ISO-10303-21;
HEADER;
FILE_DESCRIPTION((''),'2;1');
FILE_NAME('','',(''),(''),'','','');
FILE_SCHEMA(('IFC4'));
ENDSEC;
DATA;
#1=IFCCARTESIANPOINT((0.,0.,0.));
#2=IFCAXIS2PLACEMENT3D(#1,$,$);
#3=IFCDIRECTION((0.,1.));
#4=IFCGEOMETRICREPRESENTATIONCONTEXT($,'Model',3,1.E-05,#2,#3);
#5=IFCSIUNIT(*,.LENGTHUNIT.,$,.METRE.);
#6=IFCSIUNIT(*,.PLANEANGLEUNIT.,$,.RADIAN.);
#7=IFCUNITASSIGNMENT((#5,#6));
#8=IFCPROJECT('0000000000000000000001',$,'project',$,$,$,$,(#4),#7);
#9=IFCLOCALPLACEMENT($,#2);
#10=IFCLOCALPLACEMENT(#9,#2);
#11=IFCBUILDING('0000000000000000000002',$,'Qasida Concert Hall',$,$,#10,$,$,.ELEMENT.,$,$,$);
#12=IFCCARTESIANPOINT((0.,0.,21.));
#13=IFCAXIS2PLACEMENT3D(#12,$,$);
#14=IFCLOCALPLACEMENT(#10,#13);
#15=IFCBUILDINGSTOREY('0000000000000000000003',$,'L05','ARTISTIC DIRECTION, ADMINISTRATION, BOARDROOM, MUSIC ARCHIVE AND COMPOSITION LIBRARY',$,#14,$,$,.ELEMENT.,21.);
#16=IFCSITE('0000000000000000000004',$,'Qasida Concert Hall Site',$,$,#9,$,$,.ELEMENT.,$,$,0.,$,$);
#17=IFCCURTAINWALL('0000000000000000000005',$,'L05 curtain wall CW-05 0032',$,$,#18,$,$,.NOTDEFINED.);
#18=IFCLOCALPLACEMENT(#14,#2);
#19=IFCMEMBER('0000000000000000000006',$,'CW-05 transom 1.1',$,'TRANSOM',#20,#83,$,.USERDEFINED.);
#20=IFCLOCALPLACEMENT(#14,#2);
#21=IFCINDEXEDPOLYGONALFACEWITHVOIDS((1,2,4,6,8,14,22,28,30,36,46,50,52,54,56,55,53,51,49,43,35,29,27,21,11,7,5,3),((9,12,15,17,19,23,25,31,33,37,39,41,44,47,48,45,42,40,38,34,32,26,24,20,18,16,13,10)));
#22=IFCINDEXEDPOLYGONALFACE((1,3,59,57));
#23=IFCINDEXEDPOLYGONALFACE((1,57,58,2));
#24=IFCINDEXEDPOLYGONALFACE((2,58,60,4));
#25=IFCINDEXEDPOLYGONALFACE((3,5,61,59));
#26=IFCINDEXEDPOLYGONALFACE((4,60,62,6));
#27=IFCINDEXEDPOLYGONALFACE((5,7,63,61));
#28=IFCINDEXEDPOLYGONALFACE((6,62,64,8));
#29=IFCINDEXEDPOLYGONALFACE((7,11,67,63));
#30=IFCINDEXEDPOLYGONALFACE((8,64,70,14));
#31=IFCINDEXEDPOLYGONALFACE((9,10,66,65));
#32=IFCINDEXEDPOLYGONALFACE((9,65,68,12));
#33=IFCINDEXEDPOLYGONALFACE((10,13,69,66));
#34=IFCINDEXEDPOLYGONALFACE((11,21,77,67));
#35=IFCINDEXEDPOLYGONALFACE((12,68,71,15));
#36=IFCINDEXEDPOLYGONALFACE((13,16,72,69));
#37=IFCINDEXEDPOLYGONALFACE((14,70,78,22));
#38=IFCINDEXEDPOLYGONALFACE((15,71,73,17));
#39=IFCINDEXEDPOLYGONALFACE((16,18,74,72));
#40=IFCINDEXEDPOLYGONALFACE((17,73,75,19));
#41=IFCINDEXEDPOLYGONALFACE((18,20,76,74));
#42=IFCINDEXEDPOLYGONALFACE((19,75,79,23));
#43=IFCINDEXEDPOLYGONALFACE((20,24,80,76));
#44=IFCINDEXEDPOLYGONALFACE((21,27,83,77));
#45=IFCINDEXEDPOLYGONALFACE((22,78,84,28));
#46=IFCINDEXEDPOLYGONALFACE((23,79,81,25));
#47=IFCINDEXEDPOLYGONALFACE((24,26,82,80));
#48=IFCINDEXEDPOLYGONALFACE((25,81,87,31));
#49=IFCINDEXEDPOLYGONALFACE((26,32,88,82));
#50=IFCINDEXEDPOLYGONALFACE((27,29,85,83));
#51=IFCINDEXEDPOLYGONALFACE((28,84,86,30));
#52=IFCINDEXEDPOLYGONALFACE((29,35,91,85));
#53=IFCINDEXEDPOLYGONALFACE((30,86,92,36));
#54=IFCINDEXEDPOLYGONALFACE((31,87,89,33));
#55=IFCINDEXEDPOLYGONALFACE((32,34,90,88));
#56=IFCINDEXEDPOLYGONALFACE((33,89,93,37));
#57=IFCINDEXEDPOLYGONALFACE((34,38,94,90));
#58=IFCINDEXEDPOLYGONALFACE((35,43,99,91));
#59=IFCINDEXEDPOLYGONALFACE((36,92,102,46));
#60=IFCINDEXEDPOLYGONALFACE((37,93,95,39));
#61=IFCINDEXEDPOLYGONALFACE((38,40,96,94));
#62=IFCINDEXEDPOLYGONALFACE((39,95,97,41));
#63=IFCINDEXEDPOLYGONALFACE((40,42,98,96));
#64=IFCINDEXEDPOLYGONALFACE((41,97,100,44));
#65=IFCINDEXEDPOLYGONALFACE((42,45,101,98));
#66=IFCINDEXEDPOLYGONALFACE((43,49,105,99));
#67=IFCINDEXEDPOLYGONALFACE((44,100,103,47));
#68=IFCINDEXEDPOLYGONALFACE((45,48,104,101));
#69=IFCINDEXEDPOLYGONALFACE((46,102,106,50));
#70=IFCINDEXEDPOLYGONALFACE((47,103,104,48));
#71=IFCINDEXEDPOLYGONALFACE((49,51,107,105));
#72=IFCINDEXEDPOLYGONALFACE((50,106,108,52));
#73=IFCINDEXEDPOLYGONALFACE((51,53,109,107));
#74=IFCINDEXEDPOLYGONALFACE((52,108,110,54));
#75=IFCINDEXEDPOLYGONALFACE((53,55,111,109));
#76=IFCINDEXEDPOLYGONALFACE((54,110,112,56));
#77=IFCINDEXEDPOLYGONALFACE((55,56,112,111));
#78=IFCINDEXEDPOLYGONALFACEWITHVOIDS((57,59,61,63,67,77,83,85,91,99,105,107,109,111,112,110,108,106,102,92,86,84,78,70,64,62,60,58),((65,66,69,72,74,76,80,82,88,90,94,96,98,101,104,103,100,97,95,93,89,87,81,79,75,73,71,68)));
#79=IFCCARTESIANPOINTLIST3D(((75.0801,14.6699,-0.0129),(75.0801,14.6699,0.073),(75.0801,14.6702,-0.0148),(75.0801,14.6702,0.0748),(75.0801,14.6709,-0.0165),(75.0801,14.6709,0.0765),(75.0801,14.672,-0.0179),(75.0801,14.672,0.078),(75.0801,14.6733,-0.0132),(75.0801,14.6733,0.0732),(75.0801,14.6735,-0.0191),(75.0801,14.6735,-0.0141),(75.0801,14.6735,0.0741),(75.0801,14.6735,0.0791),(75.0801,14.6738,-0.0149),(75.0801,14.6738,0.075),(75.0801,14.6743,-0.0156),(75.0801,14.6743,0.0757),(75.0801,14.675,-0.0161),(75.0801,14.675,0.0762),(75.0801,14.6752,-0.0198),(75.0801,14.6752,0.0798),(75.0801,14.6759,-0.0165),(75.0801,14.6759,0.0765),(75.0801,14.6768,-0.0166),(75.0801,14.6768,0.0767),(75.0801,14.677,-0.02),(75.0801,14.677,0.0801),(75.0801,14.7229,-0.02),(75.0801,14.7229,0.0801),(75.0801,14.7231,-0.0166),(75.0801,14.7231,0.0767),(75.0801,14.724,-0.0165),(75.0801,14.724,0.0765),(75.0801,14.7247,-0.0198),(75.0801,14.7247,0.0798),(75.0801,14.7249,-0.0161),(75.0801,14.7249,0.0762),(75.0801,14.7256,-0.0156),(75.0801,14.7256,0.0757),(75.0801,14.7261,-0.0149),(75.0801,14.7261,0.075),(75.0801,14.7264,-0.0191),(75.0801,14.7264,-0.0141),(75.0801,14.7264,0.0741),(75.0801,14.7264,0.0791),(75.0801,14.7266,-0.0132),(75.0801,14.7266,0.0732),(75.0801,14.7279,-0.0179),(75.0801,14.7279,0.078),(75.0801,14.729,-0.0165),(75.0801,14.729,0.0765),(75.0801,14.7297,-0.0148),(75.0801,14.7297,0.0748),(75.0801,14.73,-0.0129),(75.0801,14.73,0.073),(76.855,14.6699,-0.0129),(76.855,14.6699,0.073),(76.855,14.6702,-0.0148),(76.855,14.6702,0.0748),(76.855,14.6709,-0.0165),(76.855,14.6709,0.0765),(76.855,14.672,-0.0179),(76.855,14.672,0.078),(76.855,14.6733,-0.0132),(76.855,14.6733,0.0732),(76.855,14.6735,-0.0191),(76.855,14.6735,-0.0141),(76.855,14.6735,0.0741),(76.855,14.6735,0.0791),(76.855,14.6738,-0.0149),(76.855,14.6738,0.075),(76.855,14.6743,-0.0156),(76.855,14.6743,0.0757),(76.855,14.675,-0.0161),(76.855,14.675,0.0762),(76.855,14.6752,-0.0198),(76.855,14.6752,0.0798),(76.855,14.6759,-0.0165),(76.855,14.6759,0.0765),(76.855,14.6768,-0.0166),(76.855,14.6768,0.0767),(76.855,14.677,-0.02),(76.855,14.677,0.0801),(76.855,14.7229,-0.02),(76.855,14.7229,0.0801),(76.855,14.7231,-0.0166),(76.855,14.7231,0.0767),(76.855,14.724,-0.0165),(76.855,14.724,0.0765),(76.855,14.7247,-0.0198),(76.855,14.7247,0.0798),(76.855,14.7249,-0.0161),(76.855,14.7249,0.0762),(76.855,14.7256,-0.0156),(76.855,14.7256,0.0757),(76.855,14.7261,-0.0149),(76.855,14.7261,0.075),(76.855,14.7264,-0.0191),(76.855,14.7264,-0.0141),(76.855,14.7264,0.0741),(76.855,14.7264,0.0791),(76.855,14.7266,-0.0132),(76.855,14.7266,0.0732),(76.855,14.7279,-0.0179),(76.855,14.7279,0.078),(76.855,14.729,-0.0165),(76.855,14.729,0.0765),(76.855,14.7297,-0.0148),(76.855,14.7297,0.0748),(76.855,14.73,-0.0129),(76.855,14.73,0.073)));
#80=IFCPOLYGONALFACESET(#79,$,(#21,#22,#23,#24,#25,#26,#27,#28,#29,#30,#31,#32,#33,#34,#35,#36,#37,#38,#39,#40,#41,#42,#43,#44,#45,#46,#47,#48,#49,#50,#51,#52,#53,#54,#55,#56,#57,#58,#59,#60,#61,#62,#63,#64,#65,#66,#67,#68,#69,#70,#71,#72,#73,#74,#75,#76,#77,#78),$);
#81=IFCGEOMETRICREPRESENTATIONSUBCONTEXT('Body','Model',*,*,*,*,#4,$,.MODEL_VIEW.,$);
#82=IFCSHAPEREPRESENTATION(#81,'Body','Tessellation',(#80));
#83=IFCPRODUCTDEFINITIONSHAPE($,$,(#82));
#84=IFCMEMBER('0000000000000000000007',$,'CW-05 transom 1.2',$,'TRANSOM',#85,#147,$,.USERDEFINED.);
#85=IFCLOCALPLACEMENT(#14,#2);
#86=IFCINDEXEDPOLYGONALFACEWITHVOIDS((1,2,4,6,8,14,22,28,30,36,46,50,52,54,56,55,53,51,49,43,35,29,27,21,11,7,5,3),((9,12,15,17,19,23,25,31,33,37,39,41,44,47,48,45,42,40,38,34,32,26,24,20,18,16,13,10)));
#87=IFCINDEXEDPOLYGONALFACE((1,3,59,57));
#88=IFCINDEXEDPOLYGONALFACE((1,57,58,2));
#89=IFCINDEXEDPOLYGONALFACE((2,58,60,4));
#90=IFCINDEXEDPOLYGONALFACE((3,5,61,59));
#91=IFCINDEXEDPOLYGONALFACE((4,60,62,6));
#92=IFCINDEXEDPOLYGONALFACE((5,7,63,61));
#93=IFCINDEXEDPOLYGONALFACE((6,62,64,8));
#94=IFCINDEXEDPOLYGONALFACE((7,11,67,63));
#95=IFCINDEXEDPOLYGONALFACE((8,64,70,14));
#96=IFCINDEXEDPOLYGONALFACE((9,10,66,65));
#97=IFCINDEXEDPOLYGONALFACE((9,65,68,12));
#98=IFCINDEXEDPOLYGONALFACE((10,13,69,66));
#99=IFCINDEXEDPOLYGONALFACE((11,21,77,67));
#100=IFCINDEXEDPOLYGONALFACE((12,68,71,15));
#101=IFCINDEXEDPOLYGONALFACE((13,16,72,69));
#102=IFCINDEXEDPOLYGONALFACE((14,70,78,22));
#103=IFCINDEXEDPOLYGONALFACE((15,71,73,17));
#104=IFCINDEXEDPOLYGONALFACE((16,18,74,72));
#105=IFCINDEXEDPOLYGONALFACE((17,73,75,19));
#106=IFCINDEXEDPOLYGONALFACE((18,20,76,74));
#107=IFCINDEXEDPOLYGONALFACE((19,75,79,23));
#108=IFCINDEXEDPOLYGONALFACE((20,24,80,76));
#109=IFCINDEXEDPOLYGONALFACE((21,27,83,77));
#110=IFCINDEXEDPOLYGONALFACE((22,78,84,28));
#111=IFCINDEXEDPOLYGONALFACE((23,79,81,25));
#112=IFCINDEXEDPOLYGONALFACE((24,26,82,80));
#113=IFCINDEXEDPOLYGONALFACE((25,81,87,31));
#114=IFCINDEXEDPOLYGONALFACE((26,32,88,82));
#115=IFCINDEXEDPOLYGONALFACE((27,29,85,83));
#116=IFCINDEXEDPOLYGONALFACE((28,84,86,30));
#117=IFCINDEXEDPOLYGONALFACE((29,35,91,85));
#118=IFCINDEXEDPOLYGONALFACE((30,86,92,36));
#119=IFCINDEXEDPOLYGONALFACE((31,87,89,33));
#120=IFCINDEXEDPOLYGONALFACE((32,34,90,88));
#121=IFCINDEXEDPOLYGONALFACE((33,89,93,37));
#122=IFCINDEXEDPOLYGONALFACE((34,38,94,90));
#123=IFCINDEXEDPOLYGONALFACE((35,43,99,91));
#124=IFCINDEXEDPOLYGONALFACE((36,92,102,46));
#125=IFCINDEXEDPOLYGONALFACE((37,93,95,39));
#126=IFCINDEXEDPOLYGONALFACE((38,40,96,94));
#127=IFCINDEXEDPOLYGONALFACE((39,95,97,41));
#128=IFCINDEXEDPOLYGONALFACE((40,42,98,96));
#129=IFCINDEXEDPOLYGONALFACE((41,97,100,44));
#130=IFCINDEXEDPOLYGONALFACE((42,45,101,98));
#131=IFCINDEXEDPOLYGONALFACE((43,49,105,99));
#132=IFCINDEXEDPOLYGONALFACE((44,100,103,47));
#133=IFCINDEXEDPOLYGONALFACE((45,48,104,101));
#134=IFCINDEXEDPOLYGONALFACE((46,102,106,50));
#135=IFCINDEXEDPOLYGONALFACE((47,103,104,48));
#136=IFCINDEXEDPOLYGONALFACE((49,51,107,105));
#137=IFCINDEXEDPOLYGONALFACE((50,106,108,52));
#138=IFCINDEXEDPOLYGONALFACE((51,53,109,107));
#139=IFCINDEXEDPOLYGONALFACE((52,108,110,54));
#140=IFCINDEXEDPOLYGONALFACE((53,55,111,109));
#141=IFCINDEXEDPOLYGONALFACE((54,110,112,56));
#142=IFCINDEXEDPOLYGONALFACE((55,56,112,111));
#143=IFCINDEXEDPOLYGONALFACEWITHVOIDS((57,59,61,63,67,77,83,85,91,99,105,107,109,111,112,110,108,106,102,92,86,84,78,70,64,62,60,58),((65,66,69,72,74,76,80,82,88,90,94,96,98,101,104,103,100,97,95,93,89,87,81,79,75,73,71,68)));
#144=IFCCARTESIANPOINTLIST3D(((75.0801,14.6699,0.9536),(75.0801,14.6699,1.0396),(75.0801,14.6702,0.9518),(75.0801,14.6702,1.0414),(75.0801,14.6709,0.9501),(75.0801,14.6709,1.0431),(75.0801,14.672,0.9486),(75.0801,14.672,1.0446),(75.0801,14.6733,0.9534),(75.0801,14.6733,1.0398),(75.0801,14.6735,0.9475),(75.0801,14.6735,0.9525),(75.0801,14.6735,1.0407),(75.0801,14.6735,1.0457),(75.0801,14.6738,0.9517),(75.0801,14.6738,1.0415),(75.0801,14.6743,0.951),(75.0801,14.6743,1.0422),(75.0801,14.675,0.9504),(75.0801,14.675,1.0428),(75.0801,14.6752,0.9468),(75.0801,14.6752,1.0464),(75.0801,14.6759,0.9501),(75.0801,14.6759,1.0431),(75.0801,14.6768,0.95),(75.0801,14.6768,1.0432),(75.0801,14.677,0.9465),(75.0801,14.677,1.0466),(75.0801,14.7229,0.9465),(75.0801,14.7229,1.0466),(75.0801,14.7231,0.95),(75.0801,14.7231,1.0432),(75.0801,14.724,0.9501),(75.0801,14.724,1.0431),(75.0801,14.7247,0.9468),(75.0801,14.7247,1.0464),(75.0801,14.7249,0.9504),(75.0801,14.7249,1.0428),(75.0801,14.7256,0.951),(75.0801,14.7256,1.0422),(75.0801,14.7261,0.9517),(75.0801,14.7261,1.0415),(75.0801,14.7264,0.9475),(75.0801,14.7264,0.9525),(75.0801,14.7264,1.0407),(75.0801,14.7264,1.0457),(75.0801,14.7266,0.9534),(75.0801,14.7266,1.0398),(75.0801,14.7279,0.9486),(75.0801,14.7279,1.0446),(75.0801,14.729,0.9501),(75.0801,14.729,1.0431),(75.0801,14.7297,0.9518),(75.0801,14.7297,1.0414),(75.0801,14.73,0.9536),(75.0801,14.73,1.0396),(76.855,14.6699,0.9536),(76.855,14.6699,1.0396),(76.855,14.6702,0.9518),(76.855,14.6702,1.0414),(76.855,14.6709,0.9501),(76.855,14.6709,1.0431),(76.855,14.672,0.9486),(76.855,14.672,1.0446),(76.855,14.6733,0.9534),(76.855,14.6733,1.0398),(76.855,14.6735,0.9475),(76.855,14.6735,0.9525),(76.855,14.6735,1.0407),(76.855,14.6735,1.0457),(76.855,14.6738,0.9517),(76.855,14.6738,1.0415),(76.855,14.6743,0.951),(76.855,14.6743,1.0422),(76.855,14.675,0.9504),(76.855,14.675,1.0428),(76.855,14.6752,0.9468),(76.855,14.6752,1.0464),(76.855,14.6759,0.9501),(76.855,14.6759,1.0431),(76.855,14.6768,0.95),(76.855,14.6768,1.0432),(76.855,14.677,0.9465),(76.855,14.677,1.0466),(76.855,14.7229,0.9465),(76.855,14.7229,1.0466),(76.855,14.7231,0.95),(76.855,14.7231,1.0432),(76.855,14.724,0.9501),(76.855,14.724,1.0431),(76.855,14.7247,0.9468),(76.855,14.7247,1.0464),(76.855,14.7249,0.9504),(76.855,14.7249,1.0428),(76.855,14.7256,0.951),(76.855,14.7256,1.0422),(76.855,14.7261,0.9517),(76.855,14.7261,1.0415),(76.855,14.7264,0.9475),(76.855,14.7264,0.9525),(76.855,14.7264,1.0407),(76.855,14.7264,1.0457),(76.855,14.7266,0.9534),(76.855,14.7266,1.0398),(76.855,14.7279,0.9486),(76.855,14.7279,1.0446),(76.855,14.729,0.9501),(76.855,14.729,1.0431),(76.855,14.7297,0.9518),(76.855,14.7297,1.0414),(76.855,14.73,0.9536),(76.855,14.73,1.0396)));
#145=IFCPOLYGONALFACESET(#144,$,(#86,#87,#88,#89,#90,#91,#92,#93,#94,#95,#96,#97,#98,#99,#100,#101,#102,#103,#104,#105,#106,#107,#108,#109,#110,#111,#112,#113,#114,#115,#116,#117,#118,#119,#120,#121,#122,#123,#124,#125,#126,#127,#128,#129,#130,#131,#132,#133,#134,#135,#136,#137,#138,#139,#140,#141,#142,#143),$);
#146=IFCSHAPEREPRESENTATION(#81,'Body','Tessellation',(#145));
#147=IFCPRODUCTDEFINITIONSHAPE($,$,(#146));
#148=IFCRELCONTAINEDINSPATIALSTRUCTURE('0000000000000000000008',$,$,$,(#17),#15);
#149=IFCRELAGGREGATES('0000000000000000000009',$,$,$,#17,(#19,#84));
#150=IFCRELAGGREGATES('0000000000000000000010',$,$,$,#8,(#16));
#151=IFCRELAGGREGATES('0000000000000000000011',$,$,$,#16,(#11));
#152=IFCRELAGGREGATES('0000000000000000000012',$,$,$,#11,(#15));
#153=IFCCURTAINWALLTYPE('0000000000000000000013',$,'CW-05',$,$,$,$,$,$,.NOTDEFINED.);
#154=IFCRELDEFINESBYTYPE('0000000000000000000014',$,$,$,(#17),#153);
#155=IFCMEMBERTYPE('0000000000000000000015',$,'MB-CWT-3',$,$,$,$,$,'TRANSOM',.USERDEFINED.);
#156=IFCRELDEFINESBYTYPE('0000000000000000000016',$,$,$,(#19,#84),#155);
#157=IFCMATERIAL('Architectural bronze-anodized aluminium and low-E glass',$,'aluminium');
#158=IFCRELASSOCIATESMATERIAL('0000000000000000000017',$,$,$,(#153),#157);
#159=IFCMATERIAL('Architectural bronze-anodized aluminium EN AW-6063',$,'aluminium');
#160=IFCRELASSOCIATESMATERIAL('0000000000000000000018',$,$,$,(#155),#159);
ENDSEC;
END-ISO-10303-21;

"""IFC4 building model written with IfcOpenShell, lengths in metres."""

from ifc_helpers import new_model, si_unit, direction, frame, origin, origin_2d, place, context, subcontext, project, spatial, hollow_rectangle, extrude, material, material_profile, profile_set, type_object, element, aggregate, save


model = new_model("IFC4")

# Units and contexts
model_context = context("Model", 3, precision=1e-05, world=origin(), true_north=direction((0.0, 1.0)))
body_context = subcontext(model_context, "Body", "Model", "MODEL_VIEW")
ifc_project = project(units=[si_unit("LENGTHUNIT", "METRE"), si_unit("PLANEANGLEUNIT", "RADIAN")], contexts=[model_context])

# Site, building, storey
site_placement = place(None, origin())
site = spatial("IfcSite", under=ifc_project, at=site_placement, Name="Qasida Concert Hall Site", CompositionType="ELEMENT", RefElevation=0.0)
building_placement = place(site_placement, origin())
building = spatial("IfcBuilding", under=site, at=building_placement, Name="Qasida Concert Hall", CompositionType="ELEMENT")
storey_placement = place(building_placement, frame((0.0, 0.0, 21.0)))
storey = spatial("IfcBuildingStorey", under=building, at=storey_placement, Name="L05", Description="ARTISTIC DIRECTION, ADMINISTRATION, BOARDROOM, MUSIC ARCHIVE AND COMPOSITION LIBRARY", CompositionType="ELEMENT", Elevation=21.0)

# Shared definitions
ifc_material_1 = material(Name="Architectural bronze-anodized aluminium and low-E glass", Category="aluminium")
curtain_wall_type = type_object("IfcCurtainWallType", Name="CW-05", PredefinedType="NOTDEFINED", material=ifc_material_1)
ifc_material_2 = material(Name="Architectural bronze-anodized aluminium EN AW-6063", Category="aluminium")

# Curtain wall
curtain_wall_1_placement = place(storey_placement, origin())
curtain_wall_1 = element("IfcCurtainWall", 1, at=curtain_wall_1_placement, inside=storey, type_object=curtain_wall_type, Name="L05 curtain wall CW-05 0032", PredefinedType="NOTDEFINED")

# Members
ifc_material_profile_1 = material_profile(ifc_material_2, hollow_rectangle(XDim=0.0601, YDim=0.1001, WallThickness=0.0034, InnerFilletRadius=0.0034, OuterFilletRadius=0.0071, at=origin_2d()), Name="CWT 100x60x3.5")
ifc_profile_set_1 = profile_set([ifc_material_profile_1], Name="Architectural bronze-anodized aluminium EN AW-6063")
member_type_1 = type_object("IfcMemberType", Name="MB-CWT-3", ElementType="TRANSOM", PredefinedType="USERDEFINED", material=ifc_profile_set_1)
member_1_placement = place(storey_placement, frame((75.0801, 14.7, 0.03), z_axis=(1.0, 0.0, 0.0), x_axis=(0.0, 1.0, 0.0)))
member_1 = element("IfcMember", 2, at=member_1_placement, type_object=member_type_1, Name="CW-05 transom 1.1", ObjectType="TRANSOM", PredefinedType="USERDEFINED", context=body_context, shape_type="SweptSolid", body=[
    extrude(hollow_rectangle(XDim=0.0601, YDim=0.1001, WallThickness=0.0034, InnerFilletRadius=0.0034, OuterFilletRadius=0.0071, at=origin_2d()), origin(), (0.0, 0.0, 1.0), 1.7749),
])
member_2_placement = place(storey_placement, frame((75.0801, 14.7, 0.9966), z_axis=(1.0, 0.0, 0.0), x_axis=(0.0, 1.0, 0.0)))
member_2 = element("IfcMember", 3, at=member_2_placement, type_object=member_type_1, Name="CW-05 transom 1.2", ObjectType="TRANSOM", PredefinedType="USERDEFINED", context=body_context, shape_type="SweptSolid", body=[
    extrude(hollow_rectangle(XDim=0.0601, YDim=0.1001, WallThickness=0.0034, InnerFilletRadius=0.0034, OuterFilletRadius=0.0071, at=origin_2d()), origin(), (0.0, 0.0, 1.0), 1.7749),
])

aggregate(curtain_wall_1, [member_1, member_2])

save(model, "model.ifc")
